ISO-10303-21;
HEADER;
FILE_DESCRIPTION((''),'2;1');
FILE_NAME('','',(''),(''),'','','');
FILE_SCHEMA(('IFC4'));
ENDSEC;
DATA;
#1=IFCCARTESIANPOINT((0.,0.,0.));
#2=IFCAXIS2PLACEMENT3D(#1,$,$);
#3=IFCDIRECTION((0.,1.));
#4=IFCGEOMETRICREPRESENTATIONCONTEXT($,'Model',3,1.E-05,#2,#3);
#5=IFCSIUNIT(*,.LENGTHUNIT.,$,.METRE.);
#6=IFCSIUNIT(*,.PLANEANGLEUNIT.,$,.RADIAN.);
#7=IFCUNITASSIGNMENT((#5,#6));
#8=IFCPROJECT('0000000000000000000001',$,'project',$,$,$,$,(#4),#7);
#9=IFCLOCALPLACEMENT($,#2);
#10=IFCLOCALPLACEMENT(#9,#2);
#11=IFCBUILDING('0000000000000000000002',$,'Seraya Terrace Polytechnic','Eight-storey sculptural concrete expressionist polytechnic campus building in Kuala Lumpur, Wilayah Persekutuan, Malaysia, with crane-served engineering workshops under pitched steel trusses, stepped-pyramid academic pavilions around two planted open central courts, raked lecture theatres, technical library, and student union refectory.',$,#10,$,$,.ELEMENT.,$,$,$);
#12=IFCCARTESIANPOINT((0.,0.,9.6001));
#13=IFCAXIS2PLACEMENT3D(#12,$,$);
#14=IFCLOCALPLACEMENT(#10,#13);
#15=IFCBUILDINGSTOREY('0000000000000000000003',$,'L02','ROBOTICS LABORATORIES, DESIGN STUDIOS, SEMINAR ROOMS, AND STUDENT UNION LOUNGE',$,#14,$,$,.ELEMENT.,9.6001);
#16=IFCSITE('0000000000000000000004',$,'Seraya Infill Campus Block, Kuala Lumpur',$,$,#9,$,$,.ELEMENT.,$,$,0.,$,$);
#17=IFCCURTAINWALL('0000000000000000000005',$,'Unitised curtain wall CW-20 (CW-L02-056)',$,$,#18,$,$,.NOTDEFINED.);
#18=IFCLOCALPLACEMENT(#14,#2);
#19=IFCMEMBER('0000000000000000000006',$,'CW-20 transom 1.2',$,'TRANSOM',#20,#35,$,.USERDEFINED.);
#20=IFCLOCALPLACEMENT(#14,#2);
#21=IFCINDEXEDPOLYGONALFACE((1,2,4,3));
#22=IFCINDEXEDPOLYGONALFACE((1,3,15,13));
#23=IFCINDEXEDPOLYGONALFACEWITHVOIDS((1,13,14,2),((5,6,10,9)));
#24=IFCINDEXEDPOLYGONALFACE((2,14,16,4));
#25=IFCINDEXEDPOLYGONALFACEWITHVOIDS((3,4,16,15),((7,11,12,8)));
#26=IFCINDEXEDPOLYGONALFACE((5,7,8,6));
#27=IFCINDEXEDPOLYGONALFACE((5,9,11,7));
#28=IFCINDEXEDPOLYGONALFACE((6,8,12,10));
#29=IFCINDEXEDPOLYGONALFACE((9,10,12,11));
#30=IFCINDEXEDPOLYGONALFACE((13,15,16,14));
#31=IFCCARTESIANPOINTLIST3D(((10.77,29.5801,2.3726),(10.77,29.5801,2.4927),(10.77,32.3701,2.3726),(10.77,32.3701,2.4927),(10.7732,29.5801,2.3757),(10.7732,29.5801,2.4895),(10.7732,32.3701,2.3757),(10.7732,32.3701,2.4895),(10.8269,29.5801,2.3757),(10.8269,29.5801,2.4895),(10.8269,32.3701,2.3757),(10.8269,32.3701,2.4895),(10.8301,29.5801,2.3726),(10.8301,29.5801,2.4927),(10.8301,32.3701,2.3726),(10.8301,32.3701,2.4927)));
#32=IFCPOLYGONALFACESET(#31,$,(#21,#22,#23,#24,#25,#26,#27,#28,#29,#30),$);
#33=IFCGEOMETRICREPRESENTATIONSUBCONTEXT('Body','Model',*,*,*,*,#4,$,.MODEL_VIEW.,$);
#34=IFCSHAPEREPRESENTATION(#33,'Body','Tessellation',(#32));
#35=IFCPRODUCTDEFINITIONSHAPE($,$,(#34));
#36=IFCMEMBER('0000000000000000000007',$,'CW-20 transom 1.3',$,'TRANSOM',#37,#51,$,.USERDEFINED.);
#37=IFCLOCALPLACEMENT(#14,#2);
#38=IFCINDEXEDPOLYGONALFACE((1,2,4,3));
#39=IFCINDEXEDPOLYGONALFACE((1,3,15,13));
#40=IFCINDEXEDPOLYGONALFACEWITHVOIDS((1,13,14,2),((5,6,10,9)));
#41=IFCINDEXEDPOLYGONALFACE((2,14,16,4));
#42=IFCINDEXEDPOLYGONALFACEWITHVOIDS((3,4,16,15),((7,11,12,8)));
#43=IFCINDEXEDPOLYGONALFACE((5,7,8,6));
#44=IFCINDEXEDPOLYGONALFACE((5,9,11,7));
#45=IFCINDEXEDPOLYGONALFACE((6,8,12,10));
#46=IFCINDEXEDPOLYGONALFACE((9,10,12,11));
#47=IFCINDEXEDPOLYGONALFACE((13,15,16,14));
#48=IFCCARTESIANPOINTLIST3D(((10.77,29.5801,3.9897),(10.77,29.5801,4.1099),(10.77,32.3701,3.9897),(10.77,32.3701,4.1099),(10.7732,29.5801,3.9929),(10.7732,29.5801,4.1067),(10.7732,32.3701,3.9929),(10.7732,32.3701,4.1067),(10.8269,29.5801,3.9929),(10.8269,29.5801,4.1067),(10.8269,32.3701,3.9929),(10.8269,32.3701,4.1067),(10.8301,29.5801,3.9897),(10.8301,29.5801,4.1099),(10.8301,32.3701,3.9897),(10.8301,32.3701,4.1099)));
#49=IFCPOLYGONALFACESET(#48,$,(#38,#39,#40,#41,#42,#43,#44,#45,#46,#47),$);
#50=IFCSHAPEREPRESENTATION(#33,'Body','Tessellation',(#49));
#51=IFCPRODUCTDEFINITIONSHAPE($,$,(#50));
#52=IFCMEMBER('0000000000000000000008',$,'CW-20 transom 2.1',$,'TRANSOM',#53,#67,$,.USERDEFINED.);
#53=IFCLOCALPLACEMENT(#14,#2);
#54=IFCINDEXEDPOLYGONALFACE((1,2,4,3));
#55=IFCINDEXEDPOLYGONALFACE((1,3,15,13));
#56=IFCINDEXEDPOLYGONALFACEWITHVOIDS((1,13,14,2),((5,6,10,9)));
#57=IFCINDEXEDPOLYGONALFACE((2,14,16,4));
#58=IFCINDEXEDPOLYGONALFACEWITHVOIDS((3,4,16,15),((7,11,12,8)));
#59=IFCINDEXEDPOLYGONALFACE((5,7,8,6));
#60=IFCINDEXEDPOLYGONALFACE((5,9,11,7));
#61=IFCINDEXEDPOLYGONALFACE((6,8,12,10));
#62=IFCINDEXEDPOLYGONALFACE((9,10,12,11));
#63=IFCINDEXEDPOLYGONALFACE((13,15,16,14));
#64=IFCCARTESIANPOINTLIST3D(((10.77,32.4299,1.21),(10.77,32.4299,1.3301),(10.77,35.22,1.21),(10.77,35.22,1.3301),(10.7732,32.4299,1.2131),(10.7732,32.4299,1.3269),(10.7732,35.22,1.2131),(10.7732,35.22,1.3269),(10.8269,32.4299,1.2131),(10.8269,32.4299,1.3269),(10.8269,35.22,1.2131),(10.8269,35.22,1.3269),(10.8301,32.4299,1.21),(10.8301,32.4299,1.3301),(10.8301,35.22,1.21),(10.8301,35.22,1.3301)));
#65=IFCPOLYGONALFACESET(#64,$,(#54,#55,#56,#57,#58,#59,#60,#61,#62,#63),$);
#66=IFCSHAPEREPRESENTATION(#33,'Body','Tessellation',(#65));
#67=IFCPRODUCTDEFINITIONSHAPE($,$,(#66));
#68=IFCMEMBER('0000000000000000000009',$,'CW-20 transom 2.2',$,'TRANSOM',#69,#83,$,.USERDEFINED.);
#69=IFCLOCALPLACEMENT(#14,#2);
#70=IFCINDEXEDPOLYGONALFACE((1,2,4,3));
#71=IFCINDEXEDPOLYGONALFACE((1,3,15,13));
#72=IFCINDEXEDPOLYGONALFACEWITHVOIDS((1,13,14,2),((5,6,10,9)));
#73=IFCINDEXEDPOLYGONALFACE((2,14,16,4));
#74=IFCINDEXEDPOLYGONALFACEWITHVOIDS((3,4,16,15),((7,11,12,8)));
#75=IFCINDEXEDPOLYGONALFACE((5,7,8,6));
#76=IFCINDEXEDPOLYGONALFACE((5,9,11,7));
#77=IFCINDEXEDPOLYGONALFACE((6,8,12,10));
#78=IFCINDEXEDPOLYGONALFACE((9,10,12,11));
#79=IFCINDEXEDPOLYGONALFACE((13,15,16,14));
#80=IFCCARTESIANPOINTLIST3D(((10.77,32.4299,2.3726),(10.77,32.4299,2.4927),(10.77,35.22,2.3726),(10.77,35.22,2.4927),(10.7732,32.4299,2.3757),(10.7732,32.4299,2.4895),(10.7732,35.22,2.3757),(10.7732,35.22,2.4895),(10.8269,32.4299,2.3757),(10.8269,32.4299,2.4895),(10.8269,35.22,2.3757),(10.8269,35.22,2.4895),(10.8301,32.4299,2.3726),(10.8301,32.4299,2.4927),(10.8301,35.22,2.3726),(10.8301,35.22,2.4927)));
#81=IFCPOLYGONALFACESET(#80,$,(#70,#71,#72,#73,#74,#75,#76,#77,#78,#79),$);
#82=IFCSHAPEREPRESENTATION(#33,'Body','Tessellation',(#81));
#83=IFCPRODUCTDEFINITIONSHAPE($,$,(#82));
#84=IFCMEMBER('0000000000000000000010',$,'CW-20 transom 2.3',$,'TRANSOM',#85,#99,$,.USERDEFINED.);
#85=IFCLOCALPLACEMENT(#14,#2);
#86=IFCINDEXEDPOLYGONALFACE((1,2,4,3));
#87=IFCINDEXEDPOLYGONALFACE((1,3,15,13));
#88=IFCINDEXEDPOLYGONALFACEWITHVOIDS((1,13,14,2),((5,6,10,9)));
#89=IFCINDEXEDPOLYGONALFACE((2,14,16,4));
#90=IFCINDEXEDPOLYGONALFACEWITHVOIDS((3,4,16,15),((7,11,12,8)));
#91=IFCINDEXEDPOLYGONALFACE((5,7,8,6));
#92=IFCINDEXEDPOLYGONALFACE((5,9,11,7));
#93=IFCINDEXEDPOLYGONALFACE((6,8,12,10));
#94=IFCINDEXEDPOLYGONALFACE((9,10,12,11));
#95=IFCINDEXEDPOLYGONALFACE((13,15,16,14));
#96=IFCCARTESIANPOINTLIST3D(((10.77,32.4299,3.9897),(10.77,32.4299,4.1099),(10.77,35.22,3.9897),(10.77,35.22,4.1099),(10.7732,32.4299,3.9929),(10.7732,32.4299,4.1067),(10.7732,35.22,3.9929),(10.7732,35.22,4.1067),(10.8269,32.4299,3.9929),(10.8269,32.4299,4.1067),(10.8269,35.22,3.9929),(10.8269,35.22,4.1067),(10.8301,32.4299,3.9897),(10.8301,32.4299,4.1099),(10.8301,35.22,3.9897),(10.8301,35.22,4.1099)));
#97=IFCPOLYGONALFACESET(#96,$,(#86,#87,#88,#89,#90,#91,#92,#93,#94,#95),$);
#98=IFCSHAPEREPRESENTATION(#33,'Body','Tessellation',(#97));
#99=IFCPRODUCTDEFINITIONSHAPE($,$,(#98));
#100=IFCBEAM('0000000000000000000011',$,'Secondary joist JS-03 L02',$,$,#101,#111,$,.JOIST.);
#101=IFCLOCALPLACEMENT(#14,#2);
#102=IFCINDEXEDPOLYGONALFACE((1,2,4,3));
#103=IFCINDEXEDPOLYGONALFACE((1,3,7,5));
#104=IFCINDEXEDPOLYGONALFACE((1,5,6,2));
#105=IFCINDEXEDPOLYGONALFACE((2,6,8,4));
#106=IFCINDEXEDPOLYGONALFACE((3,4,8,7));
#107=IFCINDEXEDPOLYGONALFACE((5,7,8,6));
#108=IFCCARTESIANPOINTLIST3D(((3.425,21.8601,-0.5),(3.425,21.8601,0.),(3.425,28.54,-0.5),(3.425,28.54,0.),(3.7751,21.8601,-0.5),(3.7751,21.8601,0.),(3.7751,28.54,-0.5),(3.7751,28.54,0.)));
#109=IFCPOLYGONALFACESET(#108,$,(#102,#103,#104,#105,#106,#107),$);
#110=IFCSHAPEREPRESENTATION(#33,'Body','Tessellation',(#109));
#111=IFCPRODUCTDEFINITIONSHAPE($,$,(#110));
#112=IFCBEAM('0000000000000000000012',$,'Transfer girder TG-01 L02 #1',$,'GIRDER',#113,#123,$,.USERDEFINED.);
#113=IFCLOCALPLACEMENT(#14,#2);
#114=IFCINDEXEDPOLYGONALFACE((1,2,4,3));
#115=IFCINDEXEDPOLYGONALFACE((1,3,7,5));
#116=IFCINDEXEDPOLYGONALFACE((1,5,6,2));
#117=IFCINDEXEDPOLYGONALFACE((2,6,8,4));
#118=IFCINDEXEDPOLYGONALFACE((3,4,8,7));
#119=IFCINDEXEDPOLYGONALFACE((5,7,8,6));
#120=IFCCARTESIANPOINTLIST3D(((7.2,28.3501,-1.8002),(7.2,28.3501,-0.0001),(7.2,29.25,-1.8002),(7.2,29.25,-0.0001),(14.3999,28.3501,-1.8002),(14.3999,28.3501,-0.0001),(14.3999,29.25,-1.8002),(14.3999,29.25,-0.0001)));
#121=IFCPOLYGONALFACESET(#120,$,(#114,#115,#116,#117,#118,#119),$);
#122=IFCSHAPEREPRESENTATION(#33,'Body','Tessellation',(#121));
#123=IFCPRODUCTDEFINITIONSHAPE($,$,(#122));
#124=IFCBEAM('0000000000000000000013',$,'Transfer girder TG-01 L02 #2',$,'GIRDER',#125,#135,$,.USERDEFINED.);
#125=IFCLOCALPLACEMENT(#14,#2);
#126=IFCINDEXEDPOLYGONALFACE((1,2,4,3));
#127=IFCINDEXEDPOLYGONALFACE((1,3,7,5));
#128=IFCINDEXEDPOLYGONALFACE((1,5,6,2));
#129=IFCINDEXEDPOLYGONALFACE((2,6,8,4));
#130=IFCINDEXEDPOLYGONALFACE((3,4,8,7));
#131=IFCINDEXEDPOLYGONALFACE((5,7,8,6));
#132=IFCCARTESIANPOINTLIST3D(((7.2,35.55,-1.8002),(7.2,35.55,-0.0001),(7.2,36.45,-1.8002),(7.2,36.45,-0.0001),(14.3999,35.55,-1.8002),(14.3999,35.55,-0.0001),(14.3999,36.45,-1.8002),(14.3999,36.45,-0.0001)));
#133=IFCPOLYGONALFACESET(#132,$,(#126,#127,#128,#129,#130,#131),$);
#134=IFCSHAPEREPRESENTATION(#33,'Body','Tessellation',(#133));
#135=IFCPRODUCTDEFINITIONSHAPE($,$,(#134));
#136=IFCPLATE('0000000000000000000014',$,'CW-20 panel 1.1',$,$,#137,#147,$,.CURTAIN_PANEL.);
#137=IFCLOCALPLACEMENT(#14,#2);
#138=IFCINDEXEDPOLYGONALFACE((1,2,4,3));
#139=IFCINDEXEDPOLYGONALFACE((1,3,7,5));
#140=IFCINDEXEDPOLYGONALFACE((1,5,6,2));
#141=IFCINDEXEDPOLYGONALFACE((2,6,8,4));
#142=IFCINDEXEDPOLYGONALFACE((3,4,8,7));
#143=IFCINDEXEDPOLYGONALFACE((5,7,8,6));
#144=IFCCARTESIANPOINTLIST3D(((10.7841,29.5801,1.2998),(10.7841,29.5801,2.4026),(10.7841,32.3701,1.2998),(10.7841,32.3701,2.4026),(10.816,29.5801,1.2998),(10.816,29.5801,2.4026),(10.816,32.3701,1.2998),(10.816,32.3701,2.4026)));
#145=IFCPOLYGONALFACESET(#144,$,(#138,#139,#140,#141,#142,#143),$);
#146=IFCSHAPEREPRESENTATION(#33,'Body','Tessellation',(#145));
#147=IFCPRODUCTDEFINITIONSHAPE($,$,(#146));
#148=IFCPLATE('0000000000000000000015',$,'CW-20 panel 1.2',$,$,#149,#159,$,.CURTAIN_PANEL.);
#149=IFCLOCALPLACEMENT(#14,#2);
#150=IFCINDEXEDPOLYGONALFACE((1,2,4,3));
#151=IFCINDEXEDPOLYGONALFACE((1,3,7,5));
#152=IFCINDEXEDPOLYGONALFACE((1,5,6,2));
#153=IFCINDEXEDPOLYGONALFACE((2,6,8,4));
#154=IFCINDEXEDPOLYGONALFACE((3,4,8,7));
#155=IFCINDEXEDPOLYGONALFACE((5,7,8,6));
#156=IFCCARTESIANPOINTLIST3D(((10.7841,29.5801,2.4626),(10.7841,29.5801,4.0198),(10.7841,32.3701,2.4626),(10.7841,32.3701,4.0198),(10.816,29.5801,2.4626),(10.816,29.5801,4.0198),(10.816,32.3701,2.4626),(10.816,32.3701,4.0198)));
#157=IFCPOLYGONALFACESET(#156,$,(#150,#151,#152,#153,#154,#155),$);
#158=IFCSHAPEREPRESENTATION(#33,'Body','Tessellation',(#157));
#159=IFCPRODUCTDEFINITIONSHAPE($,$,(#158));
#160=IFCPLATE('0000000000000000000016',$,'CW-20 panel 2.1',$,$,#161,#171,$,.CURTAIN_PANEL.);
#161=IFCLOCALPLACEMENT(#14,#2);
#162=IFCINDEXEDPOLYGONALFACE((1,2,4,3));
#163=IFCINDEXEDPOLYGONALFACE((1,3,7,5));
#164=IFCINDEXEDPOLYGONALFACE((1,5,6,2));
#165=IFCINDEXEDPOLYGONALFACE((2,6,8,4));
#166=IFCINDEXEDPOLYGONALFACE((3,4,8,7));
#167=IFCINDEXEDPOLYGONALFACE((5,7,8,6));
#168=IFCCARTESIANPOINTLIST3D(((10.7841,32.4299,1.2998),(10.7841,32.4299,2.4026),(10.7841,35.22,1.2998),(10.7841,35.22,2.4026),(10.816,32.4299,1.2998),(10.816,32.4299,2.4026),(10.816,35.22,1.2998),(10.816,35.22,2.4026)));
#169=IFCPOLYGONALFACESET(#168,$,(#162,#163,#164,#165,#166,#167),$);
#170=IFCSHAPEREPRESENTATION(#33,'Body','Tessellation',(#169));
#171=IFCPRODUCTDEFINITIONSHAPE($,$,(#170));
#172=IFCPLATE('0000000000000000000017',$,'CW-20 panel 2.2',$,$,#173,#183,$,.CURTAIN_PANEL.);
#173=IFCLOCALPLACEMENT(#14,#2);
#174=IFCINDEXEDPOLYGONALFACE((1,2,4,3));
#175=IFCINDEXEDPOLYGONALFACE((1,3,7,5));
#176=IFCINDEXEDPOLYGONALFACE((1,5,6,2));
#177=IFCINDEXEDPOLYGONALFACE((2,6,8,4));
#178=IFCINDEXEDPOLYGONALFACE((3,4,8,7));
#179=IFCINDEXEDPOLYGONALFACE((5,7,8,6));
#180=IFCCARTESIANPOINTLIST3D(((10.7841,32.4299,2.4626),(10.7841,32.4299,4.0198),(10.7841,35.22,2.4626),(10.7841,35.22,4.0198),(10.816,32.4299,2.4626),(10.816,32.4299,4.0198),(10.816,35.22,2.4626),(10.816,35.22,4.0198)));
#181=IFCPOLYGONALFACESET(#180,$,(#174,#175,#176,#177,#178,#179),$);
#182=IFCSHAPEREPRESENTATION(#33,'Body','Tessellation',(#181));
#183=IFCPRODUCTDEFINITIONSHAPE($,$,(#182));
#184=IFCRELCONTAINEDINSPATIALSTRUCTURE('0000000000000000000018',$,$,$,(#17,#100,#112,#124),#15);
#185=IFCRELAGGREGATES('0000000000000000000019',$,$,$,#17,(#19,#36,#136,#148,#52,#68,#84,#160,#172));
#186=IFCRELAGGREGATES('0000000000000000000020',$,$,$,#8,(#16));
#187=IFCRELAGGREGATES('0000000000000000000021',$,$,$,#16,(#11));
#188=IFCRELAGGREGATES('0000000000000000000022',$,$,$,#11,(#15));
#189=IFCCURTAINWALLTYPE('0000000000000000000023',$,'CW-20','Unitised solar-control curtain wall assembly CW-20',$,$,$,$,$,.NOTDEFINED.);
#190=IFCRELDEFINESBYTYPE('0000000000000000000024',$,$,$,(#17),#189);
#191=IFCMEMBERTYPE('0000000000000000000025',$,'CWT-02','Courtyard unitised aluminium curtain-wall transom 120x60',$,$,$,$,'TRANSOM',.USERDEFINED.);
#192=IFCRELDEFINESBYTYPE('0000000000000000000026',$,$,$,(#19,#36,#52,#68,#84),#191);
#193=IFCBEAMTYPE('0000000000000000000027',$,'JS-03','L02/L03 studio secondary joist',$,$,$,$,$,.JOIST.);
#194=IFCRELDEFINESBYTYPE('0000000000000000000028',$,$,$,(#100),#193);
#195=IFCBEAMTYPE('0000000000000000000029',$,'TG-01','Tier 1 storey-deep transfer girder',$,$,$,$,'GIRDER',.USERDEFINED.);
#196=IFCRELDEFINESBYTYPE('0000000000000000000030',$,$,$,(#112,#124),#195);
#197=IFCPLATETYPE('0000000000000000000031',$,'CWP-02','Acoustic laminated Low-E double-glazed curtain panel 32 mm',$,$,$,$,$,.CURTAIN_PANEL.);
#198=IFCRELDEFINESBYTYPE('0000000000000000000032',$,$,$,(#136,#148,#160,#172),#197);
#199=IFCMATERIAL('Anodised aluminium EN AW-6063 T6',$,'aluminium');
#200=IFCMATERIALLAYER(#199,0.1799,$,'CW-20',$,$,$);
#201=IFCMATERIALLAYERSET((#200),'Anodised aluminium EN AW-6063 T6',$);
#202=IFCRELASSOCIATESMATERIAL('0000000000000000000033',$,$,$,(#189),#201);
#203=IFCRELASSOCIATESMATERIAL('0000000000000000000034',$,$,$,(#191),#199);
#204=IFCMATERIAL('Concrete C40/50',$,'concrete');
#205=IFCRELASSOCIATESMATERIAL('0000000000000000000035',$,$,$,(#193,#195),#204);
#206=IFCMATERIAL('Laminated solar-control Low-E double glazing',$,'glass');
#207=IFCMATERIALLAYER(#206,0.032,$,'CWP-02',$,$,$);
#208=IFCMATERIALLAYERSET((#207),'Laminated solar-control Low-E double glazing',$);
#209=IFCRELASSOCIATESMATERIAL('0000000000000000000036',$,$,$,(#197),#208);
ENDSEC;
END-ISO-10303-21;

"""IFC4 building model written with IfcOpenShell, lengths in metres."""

from ifc_helpers import new_model, si_unit, direction, frame, origin, origin_2d, place, context, subcontext, project, spatial, rectangle, hollow_rectangle, extrude, material, layer, layer_set, material_profile, profile_set, type_object, element, aggregate, save


model = new_model("IFC4")

# Units and contexts
model_context = context("Model", 3, precision=1e-05, world=origin(), true_north=direction((0.0, 1.0)))
body_context = subcontext(model_context, "Body", "Model", "MODEL_VIEW")
ifc_project = project(units=[si_unit("LENGTHUNIT", "METRE"), si_unit("PLANEANGLEUNIT", "RADIAN")], contexts=[model_context])

# Site, building, storey
site_placement = place(None, origin())
site = spatial("IfcSite", under=ifc_project, at=site_placement, Name="Seraya Infill Campus Block, Kuala Lumpur", CompositionType="ELEMENT", RefElevation=0.0)
building_placement = place(site_placement, origin())
building = spatial("IfcBuilding", under=site, at=building_placement, Name="Seraya Terrace Polytechnic", Description="Eight-storey sculptural concrete expressionist polytechnic campus building in Kuala Lumpur, Wilayah Persekutuan, Malaysia, with crane-served engineering workshops under pitched steel trusses, stepped-pyramid academic pavilions around two planted open central courts, raked lecture theatres, technical library, and student union refectory.", CompositionType="ELEMENT")
storey_placement = place(building_placement, frame((0.0, 0.0, 9.6001)))
storey = spatial("IfcBuildingStorey", under=building, at=storey_placement, Name="L02", Description="ROBOTICS LABORATORIES, DESIGN STUDIOS, SEMINAR ROOMS, AND STUDENT UNION LOUNGE", CompositionType="ELEMENT", Elevation=9.6001)

# Shared definitions
ifc_material_1 = material(Name="Concrete C40/50", Category="concrete")

# Curtain wall, members
ifc_material_2 = material(Name="Anodised aluminium EN AW-6063 T6", Category="aluminium")
ifc_layer_1 = layer(ifc_material_2, 0.1799, Name="CW-20")
ifc_layer_set_1 = layer_set([ifc_layer_1], Name="Anodised aluminium EN AW-6063 T6")
curtain_wall_type = type_object("IfcCurtainWallType", Name="CW-20", Description="Unitised solar-control curtain wall assembly CW-20", PredefinedType="NOTDEFINED", material=ifc_layer_set_1)
curtain_wall_placement = place(storey_placement, origin())
curtain_wall = element("IfcCurtainWall", 1, at=curtain_wall_placement, inside=storey, type_object=curtain_wall_type, Name="Unitised curtain wall CW-20 (CW-L02-056)", PredefinedType="NOTDEFINED")
ifc_material_profile_1 = material_profile(ifc_material_2, hollow_rectangle(XDim=0.0601, YDim=0.1201, WallThickness=0.0032, at=origin_2d()), Name="RHS 120x60x3.2")
ifc_profile_set_1 = profile_set([ifc_material_profile_1], Name="Anodised aluminium EN AW-6063 T6")
member_type_1 = type_object("IfcMemberType", Name="CWT-02", Description="Courtyard unitised aluminium curtain-wall transom 120x60", ElementType="TRANSOM", PredefinedType="USERDEFINED", material=ifc_profile_set_1)
member_1_placement = place(storey_placement, frame((10.8, 29.5801, 2.4326), z_axis=(0.0, 1.0, 0.0), x_axis=(-1.0, 0.0, 0.0)))
member_1 = element("IfcMember", 2, at=member_1_placement, type_object=member_type_1, Name="CW-20 transom 1.2", ObjectType="TRANSOM", PredefinedType="USERDEFINED", context=body_context, shape_type="SweptSolid", body=[
    extrude(hollow_rectangle(XDim=0.0601, YDim=0.1201, WallThickness=0.0032, at=origin_2d()), origin(), (0.0, 0.0, 1.0), 2.79),
])
member_2_placement = place(storey_placement, frame((10.8, 29.5801, 4.0498), z_axis=(0.0, 1.0, 0.0), x_axis=(-1.0, 0.0, 0.0)))
member_2 = element("IfcMember", 3, at=member_2_placement, type_object=member_type_1, Name="CW-20 transom 1.3", ObjectType="TRANSOM", PredefinedType="USERDEFINED", context=body_context, shape_type="SweptSolid", body=[
    extrude(hollow_rectangle(XDim=0.0601, YDim=0.1201, WallThickness=0.0032, at=origin_2d()), origin(), (0.0, 0.0, 1.0), 2.79),
])
member_3_placement = place(storey_placement, frame((10.8, 32.4299, 1.27), z_axis=(0.0, 1.0, 0.0), x_axis=(-1.0, 0.0, 0.0)))
member_3 = element("IfcMember", 4, at=member_3_placement, type_object=member_type_1, Name="CW-20 transom 2.1", ObjectType="TRANSOM", PredefinedType="USERDEFINED", context=body_context, shape_type="SweptSolid", body=[
    extrude(hollow_rectangle(XDim=0.0601, YDim=0.1201, WallThickness=0.0032, at=origin_2d()), origin(), (0.0, 0.0, 1.0), 2.79),
])
member_4_placement = place(storey_placement, frame((10.8, 32.4299, 2.4326), z_axis=(0.0, 1.0, 0.0), x_axis=(-1.0, 0.0, 0.0)))
member_4 = element("IfcMember", 5, at=member_4_placement, type_object=member_type_1, Name="CW-20 transom 2.2", ObjectType="TRANSOM", PredefinedType="USERDEFINED", context=body_context, shape_type="SweptSolid", body=[
    extrude(hollow_rectangle(XDim=0.0601, YDim=0.1201, WallThickness=0.0032, at=origin_2d()), origin(), (0.0, 0.0, 1.0), 2.79),
])
member_5_placement = place(storey_placement, frame((10.8, 32.4299, 4.0498), z_axis=(0.0, 1.0, 0.0), x_axis=(-1.0, 0.0, 0.0)))
member_5 = element("IfcMember", 6, at=member_5_placement, type_object=member_type_1, Name="CW-20 transom 2.3", ObjectType="TRANSOM", PredefinedType="USERDEFINED", context=body_context, shape_type="SweptSolid", body=[
    extrude(hollow_rectangle(XDim=0.0601, YDim=0.1201, WallThickness=0.0032, at=origin_2d()), origin(), (0.0, 0.0, 1.0), 2.79),
])

# Beams
ifc_material_profile_2 = material_profile(ifc_material_1, rectangle(XDim=0.3501, YDim=0.5, at=origin_2d()), Name="RC 350x500")
ifc_profile_set_2 = profile_set([ifc_material_profile_2], Name="Concrete C40/50")
beam_type_1 = type_object("IfcBeamType", Name="JS-03", Description="L02/L03 studio secondary joist", PredefinedType="JOIST", material=ifc_profile_set_2)
beam_1_placement = place(storey_placement, frame((3.6001, 21.8601, -0.25), z_axis=(0.0, 1.0, 0.0), x_axis=(-1.0, 0.0, 0.0)))
element("IfcBeam", 7, at=beam_1_placement, inside=storey, type_object=beam_type_1, Name="Secondary joist JS-03 L02", PredefinedType="JOIST", context=body_context, shape_type="SweptSolid", body=[
    extrude(rectangle(XDim=0.3501, YDim=0.5, at=origin_2d()), origin(), (0.0, 0.0, 1.0), 6.6799),
])
ifc_material_profile_3 = material_profile(ifc_material_1, rectangle(XDim=0.8999, YDim=1.8, at=origin_2d()), Name="RC 900x1800")
ifc_profile_set_3 = profile_set([ifc_material_profile_3], Name="Concrete C40/50")
beam_type_2 = type_object("IfcBeamType", Name="TG-01", Description="Tier 1 storey-deep transfer girder", ElementType="GIRDER", PredefinedType="USERDEFINED", material=ifc_profile_set_3)
for number, where, z_axis, x_axis, name in (
    (8, (7.2, 28.8, -0.9001), (1.0, 0.0, 0.0), (0.0, 1.0, 0.0), "Transfer girder TG-01 L02 #1"),
    (9, (7.2, 36.0, -0.9001), (1.0, 0.0, 0.0), (0.0, 1.0, 0.0), "Transfer girder TG-01 L02 #2"),
):
    element("IfcBeam", number, at=place(storey_placement, frame(where, z_axis=z_axis, x_axis=x_axis)), inside=storey, type_object=beam_type_2, Name=name, ObjectType="GIRDER", PredefinedType="USERDEFINED", context=body_context, shape_type="SweptSolid", body=[
        extrude(rectangle(XDim=0.8999, YDim=1.8, at=origin_2d()), origin(), (0.0, 0.0, 1.0), 7.2),
    ])

# Plates
ifc_material_3 = material(Name="Laminated solar-control Low-E double glazing", Category="glass")
ifc_layer_2 = layer(ifc_material_3, 0.032, Name="CWP-02")
ifc_layer_set_2 = layer_set([ifc_layer_2], Name="Laminated solar-control Low-E double glazing")
plate_type = type_object("IfcPlateType", Name="CWP-02", Description="Acoustic laminated Low-E double-glazed curtain panel 32 mm", PredefinedType="CURTAIN_PANEL", material=ifc_layer_set_2)
plate_1_placement = place(storey_placement, frame((10.8, 30.9751, 1.2998), z_axis=(0.0, 0.0, 1.0), x_axis=(0.0, 1.0, 0.0)))
plate_1 = element("IfcPlate", 10, at=plate_1_placement, type_object=plate_type, Name="CW-20 panel 1.1", PredefinedType="CURTAIN_PANEL", context=body_context, shape_type="SweptSolid", body=[
    extrude(rectangle(XDim=2.79, YDim=0.032, at=origin_2d()), origin(), (0.0, 0.0, 1.0), 1.1028),
])
plate_2_placement = place(storey_placement, frame((10.8, 30.9751, 2.4626), z_axis=(0.0, 0.0, 1.0), x_axis=(0.0, 1.0, 0.0)))
plate_2 = element("IfcPlate", 11, at=plate_2_placement, type_object=plate_type, Name="CW-20 panel 1.2", PredefinedType="CURTAIN_PANEL", context=body_context, shape_type="SweptSolid", body=[
    extrude(rectangle(XDim=2.79, YDim=0.032, at=origin_2d()), origin(), (0.0, 0.0, 1.0), 1.5571),
])
plate_3_placement = place(storey_placement, frame((10.8, 33.825, 1.2998), z_axis=(0.0, 0.0, 1.0), x_axis=(0.0, 1.0, 0.0)))
plate_3 = element("IfcPlate", 12, at=plate_3_placement, type_object=plate_type, Name="CW-20 panel 2.1", PredefinedType="CURTAIN_PANEL", context=body_context, shape_type="SweptSolid", body=[
    extrude(rectangle(XDim=2.79, YDim=0.032, at=origin_2d()), origin(), (0.0, 0.0, 1.0), 1.1028),
])
plate_4_placement = place(storey_placement, frame((10.8, 33.825, 2.4626), z_axis=(0.0, 0.0, 1.0), x_axis=(0.0, 1.0, 0.0)))
plate_4 = element("IfcPlate", 13, at=plate_4_placement, type_object=plate_type, Name="CW-20 panel 2.2", PredefinedType="CURTAIN_PANEL", context=body_context, shape_type="SweptSolid", body=[
    extrude(rectangle(XDim=2.79, YDim=0.032, at=origin_2d()), origin(), (0.0, 0.0, 1.0), 1.5571),
])
aggregate(curtain_wall, [member_1, member_2, plate_1, plate_2, member_3, member_4, member_5, plate_3, plate_4])

save(model, "model.ifc")
